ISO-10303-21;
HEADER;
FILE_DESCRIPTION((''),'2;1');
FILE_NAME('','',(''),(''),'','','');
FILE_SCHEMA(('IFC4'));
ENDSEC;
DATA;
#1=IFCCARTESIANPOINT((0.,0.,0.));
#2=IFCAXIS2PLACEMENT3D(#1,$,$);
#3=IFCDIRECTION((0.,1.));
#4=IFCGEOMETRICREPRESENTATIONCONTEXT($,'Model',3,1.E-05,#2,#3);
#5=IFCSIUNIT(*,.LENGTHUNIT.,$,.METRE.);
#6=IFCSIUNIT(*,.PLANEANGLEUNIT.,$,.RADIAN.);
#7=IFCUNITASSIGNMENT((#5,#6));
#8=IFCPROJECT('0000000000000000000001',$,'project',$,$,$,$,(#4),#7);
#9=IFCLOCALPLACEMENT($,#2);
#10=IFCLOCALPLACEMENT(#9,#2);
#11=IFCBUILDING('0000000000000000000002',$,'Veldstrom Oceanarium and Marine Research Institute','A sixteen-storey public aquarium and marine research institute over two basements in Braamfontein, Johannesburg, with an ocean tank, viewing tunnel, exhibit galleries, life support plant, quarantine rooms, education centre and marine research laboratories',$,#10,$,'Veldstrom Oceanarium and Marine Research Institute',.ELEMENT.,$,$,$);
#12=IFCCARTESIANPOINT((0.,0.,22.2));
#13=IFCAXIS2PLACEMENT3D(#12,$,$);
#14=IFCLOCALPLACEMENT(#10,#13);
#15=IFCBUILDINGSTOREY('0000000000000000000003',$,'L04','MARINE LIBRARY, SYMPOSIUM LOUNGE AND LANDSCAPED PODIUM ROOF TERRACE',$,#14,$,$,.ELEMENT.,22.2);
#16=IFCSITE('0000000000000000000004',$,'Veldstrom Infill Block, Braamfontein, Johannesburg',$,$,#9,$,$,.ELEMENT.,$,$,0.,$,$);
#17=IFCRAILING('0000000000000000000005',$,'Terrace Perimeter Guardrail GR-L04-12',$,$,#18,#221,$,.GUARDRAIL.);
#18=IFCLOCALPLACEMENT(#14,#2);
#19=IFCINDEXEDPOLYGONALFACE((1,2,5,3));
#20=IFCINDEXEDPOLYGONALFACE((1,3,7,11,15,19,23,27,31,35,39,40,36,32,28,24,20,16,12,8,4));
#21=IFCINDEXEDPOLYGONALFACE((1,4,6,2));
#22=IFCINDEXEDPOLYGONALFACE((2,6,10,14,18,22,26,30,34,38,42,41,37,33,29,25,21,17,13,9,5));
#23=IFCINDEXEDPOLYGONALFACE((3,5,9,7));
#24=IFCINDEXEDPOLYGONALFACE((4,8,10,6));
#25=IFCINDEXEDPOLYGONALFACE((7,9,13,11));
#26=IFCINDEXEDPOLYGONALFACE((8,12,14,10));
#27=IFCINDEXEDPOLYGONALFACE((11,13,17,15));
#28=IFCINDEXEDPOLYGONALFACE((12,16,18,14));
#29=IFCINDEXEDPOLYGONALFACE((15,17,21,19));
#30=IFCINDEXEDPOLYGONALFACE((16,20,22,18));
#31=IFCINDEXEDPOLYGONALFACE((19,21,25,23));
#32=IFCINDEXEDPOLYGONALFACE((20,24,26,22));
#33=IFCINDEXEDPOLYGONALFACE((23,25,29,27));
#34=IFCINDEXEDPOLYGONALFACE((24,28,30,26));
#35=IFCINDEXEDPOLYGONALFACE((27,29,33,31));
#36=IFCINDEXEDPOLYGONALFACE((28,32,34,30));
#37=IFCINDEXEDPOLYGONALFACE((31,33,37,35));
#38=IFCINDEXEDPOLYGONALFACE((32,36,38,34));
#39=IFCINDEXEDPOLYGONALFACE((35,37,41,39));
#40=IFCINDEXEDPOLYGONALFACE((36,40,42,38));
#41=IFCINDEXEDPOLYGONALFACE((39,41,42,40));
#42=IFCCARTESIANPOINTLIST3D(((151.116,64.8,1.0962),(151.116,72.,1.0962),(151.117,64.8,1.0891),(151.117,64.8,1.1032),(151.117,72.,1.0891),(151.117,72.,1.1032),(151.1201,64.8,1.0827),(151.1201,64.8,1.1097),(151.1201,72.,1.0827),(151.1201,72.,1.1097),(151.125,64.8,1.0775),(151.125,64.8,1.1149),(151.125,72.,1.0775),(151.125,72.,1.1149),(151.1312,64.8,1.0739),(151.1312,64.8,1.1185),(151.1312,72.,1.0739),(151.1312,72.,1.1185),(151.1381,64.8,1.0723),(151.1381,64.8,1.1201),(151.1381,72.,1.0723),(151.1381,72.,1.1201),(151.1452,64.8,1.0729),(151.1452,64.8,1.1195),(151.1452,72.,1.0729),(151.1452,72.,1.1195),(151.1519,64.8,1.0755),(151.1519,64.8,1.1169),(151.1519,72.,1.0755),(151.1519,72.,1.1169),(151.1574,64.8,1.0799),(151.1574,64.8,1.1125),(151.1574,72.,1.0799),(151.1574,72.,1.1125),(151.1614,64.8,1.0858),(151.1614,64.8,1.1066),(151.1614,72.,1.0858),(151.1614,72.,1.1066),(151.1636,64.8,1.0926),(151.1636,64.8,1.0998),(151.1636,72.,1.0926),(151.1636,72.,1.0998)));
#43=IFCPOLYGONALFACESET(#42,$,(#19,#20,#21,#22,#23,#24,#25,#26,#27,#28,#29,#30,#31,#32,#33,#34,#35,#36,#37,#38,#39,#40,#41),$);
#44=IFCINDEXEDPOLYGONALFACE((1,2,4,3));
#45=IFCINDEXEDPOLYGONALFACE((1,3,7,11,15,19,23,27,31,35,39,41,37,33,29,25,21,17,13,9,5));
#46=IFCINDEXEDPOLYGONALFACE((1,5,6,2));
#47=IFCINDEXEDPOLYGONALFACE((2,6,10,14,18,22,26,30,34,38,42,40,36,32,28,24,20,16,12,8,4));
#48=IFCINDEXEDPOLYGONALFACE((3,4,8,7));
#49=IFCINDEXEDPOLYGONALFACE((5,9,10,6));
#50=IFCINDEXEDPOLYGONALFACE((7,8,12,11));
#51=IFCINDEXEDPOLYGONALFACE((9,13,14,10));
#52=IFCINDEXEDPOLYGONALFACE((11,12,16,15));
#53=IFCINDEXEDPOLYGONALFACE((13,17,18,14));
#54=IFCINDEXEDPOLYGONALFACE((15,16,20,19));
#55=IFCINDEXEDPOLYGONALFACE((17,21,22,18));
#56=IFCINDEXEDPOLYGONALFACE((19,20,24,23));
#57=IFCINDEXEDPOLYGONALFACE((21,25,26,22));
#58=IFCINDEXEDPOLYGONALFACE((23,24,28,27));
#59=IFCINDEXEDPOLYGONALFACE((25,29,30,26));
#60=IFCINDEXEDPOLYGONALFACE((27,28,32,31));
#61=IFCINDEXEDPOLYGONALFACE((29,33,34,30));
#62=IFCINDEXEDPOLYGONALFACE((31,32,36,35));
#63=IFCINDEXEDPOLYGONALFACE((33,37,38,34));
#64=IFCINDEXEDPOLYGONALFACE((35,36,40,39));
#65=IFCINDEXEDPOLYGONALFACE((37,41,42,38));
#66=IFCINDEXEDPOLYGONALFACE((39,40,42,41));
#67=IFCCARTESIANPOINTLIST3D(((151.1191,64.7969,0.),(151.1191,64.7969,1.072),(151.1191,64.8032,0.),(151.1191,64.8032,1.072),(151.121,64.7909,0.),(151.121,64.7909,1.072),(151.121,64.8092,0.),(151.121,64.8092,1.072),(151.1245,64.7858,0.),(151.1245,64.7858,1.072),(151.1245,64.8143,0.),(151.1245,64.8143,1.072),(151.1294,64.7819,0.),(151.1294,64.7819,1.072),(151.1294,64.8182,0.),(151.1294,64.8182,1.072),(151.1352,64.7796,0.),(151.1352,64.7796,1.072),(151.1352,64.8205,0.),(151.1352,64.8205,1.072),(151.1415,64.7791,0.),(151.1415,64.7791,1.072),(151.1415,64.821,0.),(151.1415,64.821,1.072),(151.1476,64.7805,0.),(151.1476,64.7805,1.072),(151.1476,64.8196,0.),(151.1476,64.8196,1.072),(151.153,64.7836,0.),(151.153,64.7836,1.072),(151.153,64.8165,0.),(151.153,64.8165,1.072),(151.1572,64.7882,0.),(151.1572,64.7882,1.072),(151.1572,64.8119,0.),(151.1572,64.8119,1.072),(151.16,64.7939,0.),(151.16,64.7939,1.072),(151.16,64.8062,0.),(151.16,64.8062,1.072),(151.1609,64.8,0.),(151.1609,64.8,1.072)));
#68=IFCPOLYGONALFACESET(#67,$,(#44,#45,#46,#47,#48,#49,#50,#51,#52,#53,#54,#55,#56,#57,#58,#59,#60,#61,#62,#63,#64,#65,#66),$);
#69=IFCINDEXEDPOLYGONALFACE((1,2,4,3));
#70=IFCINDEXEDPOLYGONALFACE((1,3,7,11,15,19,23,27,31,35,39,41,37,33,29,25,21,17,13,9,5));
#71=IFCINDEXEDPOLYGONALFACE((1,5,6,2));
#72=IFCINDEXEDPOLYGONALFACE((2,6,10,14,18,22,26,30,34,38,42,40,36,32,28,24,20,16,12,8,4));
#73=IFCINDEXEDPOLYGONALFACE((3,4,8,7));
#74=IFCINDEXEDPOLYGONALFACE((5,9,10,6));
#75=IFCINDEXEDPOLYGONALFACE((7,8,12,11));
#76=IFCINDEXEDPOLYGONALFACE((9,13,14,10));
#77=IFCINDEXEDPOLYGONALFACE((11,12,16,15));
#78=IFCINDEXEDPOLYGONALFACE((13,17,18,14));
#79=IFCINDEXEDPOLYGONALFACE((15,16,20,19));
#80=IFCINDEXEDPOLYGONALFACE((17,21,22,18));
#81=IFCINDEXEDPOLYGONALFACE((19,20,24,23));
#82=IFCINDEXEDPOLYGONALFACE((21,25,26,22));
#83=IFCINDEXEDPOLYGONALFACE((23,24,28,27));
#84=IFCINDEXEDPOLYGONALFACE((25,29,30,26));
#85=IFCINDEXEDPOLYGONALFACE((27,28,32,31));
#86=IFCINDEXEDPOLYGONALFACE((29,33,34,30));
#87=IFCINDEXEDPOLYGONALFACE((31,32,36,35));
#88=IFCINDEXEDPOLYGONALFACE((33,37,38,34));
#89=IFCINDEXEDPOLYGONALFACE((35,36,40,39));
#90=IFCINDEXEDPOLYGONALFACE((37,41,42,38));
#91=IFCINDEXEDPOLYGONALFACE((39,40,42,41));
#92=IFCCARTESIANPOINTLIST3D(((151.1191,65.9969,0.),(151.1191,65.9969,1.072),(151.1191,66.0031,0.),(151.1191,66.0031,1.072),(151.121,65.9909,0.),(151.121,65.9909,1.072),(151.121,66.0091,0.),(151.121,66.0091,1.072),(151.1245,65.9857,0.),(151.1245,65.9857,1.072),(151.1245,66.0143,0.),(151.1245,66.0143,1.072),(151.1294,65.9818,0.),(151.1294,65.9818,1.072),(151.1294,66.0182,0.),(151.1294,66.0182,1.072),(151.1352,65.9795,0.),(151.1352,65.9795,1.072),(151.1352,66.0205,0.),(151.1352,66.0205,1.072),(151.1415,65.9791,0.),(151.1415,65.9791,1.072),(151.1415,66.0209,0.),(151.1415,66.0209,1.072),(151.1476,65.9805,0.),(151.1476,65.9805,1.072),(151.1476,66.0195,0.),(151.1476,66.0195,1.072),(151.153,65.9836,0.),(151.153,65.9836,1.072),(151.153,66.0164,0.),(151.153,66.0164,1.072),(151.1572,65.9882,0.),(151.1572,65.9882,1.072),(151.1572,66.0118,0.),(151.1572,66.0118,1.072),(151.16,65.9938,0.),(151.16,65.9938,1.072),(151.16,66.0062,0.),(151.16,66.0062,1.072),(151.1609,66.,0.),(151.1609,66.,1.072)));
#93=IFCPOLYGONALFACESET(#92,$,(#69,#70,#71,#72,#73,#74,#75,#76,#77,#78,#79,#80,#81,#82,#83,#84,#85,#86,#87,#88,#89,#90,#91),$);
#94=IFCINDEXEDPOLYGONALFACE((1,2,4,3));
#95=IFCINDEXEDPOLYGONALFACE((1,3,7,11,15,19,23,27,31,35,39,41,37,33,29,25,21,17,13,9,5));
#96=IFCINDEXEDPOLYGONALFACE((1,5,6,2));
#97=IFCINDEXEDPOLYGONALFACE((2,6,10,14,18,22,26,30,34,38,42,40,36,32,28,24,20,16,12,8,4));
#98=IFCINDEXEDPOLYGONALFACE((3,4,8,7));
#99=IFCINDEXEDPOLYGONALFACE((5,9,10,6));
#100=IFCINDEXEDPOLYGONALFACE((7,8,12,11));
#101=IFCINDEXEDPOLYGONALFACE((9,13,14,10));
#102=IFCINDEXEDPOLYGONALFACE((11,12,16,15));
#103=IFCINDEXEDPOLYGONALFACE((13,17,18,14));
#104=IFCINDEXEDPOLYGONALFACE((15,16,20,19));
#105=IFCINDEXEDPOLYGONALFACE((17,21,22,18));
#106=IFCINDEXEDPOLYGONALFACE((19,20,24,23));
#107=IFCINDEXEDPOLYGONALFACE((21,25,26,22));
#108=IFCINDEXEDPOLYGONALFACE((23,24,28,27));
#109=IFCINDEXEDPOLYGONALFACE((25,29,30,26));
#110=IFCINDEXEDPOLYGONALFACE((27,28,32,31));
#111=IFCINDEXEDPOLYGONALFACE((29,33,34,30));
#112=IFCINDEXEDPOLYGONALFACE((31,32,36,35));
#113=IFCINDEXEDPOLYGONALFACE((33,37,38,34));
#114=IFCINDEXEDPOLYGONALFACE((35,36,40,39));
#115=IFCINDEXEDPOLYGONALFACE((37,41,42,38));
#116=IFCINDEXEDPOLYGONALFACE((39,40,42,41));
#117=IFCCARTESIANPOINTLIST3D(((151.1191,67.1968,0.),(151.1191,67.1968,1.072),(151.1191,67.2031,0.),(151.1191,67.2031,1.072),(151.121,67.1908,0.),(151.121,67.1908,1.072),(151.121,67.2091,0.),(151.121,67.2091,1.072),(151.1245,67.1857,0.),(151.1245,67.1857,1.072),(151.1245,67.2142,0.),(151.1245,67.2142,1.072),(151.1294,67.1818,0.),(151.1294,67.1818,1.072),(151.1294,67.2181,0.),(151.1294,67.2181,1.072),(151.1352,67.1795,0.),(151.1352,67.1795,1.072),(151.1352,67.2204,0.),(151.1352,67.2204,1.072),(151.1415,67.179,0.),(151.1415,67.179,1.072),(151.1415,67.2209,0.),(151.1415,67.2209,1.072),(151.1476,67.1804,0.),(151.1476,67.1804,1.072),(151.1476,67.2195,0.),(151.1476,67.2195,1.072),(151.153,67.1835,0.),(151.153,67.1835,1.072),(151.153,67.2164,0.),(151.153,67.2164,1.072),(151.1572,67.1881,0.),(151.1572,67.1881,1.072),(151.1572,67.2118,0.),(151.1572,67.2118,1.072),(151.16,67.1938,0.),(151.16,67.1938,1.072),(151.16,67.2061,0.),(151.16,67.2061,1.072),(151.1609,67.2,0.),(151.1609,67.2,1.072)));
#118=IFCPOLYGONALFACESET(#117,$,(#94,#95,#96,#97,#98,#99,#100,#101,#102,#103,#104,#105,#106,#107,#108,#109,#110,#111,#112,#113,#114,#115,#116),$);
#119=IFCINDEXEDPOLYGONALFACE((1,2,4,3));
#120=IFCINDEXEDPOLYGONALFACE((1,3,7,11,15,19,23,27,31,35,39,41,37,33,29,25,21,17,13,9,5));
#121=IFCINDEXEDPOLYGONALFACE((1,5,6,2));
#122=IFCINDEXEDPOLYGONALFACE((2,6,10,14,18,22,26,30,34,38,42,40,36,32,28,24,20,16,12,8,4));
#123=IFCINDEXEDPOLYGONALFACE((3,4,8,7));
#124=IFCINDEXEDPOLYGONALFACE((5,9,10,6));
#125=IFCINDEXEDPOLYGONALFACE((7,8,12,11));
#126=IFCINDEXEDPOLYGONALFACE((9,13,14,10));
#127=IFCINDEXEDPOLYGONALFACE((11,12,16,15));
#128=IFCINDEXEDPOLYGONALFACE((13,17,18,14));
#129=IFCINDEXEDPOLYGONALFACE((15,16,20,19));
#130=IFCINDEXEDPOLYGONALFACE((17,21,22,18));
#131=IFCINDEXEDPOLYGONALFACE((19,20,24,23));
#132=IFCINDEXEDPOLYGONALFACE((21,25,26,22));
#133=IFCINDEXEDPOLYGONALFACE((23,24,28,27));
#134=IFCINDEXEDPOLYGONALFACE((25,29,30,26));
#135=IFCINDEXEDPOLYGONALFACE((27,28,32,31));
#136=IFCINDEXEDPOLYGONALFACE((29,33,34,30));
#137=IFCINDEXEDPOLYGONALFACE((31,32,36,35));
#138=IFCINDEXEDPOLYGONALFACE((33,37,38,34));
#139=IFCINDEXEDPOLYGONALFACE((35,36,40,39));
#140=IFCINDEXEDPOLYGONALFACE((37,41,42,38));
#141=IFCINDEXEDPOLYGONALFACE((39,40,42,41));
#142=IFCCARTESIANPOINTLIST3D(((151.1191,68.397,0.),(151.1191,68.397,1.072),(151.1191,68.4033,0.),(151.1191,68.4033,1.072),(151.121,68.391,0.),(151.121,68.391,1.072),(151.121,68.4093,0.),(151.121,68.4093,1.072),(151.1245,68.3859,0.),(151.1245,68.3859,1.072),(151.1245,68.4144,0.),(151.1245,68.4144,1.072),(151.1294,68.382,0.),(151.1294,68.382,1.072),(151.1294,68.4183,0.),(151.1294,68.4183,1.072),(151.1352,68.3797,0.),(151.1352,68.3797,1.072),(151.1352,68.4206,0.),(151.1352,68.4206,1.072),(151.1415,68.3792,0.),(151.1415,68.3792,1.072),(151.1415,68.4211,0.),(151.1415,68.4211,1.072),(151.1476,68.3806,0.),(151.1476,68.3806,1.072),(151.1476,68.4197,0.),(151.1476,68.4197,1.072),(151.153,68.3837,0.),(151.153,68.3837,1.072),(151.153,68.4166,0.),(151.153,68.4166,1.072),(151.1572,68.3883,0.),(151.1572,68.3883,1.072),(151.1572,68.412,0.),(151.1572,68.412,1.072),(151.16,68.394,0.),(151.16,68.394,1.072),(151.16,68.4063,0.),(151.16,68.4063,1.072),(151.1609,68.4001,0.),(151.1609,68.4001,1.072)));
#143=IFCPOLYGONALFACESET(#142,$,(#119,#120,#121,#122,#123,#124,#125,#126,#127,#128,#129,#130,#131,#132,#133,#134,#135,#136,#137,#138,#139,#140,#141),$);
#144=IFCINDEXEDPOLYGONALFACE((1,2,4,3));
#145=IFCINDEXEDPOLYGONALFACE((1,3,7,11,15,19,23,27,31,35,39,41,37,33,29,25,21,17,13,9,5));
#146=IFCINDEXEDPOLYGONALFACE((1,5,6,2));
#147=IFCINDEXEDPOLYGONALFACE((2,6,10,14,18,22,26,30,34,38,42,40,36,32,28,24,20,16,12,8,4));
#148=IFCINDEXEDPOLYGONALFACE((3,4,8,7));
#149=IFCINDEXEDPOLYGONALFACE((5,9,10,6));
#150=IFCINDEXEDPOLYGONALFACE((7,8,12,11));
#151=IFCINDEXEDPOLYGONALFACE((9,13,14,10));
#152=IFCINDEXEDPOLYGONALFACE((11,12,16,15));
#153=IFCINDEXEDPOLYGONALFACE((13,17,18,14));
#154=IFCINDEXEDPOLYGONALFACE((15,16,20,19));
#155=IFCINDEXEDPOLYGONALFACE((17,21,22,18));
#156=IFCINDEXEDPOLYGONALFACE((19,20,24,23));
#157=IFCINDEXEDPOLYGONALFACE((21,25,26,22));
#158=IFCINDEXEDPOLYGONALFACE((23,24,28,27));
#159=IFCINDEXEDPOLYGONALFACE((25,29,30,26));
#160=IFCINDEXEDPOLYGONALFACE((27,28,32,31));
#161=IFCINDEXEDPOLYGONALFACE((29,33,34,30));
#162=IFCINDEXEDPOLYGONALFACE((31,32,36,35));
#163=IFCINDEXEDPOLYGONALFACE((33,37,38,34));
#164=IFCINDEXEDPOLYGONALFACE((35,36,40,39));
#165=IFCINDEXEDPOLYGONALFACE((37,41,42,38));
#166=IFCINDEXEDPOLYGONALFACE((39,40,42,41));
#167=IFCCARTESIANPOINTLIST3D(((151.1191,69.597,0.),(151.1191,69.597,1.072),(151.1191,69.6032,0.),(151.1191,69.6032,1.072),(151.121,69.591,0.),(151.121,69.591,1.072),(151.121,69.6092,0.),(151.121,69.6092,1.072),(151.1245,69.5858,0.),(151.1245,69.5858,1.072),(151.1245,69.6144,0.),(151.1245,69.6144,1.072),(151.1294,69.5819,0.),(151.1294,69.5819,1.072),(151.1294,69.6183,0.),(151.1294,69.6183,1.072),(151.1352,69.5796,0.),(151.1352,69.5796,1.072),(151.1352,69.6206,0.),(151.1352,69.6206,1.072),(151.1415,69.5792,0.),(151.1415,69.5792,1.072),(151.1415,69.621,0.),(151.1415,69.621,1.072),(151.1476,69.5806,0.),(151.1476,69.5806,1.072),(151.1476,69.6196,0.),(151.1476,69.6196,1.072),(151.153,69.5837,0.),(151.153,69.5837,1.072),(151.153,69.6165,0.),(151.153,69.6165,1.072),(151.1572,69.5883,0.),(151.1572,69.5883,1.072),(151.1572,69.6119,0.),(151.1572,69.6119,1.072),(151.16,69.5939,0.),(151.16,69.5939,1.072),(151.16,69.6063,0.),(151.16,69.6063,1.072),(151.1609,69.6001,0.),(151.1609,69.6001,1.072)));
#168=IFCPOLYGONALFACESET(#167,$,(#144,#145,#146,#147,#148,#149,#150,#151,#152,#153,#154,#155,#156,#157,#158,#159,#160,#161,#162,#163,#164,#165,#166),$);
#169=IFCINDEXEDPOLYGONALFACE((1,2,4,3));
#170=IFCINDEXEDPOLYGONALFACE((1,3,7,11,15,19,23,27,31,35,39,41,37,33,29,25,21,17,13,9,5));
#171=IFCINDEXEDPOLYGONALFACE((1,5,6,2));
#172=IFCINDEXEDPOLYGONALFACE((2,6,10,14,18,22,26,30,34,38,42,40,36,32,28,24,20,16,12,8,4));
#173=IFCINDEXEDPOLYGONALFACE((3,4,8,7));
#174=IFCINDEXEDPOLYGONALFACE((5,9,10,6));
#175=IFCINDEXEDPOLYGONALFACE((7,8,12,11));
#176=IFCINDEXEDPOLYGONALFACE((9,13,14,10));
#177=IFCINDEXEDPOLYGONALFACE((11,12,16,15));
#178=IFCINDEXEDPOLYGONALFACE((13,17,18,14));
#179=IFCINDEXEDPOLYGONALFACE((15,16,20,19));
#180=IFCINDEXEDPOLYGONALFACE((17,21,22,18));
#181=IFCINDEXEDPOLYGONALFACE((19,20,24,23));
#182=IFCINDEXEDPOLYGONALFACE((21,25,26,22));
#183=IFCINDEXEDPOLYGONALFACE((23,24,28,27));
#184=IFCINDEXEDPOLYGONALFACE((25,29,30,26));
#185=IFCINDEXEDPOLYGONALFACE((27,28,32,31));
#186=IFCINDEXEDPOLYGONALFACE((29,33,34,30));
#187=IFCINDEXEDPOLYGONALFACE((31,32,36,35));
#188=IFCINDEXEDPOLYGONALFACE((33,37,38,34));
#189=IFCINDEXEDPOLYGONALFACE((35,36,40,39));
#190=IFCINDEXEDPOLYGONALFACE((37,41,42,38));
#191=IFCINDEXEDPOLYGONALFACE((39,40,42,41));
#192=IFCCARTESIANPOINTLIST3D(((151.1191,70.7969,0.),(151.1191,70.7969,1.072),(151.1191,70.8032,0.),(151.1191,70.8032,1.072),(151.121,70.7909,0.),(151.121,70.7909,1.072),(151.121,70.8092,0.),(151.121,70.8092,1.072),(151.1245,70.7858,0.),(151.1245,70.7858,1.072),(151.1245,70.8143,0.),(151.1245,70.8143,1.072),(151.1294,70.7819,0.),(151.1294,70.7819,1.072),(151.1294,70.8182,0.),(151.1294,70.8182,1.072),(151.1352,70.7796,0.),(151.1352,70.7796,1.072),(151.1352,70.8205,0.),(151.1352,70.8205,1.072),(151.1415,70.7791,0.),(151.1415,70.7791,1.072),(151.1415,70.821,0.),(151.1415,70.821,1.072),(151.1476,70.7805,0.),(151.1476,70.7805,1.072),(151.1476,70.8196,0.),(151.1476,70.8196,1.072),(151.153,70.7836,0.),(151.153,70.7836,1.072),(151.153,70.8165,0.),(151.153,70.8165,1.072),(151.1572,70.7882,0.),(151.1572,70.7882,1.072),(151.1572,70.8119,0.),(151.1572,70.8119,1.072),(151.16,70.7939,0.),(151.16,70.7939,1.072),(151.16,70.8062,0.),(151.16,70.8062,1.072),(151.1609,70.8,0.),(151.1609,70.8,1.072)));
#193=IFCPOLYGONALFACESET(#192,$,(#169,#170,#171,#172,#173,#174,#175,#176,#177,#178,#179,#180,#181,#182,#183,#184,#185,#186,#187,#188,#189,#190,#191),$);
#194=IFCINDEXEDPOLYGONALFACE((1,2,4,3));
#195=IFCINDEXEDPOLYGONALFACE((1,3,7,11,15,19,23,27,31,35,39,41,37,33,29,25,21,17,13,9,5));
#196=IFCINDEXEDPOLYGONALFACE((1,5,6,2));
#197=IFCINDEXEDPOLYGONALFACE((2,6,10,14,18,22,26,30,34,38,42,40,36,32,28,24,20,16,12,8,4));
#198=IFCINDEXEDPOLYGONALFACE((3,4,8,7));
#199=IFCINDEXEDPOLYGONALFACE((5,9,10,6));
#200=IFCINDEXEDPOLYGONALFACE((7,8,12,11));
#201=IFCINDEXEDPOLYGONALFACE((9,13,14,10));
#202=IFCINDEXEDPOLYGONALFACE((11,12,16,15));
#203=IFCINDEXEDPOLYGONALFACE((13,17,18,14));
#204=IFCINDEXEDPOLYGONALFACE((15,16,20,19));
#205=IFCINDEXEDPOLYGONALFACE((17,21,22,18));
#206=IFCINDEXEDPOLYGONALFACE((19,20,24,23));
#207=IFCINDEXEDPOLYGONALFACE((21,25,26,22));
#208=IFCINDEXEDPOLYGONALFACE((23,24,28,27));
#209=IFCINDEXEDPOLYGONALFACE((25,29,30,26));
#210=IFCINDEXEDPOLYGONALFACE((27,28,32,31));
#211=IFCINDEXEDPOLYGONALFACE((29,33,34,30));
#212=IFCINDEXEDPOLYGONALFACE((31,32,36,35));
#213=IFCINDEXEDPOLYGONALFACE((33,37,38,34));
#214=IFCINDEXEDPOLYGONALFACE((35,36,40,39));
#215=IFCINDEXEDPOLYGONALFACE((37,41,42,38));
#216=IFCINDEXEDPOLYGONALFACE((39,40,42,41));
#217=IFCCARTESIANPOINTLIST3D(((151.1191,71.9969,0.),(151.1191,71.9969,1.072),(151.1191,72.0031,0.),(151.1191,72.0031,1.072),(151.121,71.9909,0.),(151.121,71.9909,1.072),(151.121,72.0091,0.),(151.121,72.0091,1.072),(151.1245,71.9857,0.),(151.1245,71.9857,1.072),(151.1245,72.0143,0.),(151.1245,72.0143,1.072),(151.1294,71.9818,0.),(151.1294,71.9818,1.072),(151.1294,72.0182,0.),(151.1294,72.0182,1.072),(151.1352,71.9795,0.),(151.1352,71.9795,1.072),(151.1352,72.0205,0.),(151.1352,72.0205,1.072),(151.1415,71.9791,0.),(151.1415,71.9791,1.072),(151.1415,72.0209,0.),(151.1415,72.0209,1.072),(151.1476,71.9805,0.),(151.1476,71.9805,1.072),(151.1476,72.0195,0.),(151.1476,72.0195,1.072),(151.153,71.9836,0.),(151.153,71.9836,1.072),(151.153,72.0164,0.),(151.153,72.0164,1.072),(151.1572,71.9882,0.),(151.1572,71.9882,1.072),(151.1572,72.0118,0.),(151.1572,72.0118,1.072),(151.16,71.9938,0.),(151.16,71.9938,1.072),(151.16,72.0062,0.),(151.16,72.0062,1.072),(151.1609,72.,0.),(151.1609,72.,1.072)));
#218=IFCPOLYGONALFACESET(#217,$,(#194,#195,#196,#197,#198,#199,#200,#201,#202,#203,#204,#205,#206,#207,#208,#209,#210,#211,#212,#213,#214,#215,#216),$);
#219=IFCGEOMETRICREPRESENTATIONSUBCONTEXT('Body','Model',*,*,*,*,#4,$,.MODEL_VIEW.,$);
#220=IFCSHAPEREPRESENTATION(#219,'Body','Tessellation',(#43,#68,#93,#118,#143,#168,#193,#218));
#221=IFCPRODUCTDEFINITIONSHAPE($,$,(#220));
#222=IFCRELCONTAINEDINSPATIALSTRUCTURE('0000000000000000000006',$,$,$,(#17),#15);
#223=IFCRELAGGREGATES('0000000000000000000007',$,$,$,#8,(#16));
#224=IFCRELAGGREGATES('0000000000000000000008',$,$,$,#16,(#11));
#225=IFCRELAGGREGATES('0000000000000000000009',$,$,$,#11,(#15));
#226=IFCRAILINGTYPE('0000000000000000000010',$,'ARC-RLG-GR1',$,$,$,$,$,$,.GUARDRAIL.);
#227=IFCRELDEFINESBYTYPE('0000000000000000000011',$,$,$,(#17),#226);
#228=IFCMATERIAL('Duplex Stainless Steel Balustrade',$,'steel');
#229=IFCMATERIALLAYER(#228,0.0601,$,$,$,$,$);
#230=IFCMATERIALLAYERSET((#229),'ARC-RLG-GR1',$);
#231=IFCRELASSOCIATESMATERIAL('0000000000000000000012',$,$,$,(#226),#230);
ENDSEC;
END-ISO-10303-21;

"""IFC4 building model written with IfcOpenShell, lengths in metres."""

from ifc_helpers import new_model, si_unit, direction, frame, origin, origin_2d, place, context, subcontext, project, spatial, circle, extrude, material, layer, layer_set, type_object, element, save


model = new_model("IFC4")

# Units and contexts
model_context = context("Model", 3, precision=1e-05, world=origin(), true_north=direction((0.0, 1.0)))
body_context = subcontext(model_context, "Body", "Model", "MODEL_VIEW")
ifc_project = project(units=[si_unit("LENGTHUNIT", "METRE"), si_unit("PLANEANGLEUNIT", "RADIAN")], contexts=[model_context])

# Site, building, storey
site_placement = place(None, origin())
site = spatial("IfcSite", under=ifc_project, at=site_placement, Name="Veldstrom Infill Block, Braamfontein, Johannesburg", CompositionType="ELEMENT", RefElevation=0.0)
building_placement = place(site_placement, origin())
building = spatial("IfcBuilding", under=site, at=building_placement, Name="Veldstrom Oceanarium and Marine Research Institute", Description="A sixteen-storey public aquarium and marine research institute over two basements in Braamfontein, Johannesburg, with an ocean tank, viewing tunnel, exhibit galleries, life support plant, quarantine rooms, education centre and marine research laboratories", LongName="Veldstrom Oceanarium and Marine Research Institute", CompositionType="ELEMENT")
storey_placement = place(building_placement, frame((0.0, 0.0, 22.2)))
storey = spatial("IfcBuildingStorey", under=building, at=storey_placement, Name="L04", Description="MARINE LIBRARY, SYMPOSIUM LOUNGE AND LANDSCAPED PODIUM ROOF TERRACE", CompositionType="ELEMENT", Elevation=22.2)

# Railing
ifc_material_1 = material(Name="Duplex Stainless Steel Balustrade", Category="steel")
ifc_layer_1 = layer(ifc_material_1, 0.0601)
ifc_layer_set_1 = layer_set([ifc_layer_1], Name="ARC-RLG-GR1")
railing_type = type_object("IfcRailingType", Name="ARC-RLG-GR1", PredefinedType="GUARDRAIL", material=ifc_layer_set_1)
railing_1_placement = place(storey_placement, frame((151.1399, 64.8, 0.0)))
element("IfcRailing", 1, at=railing_1_placement, inside=storey, type_object=railing_type, Name="Terrace Perimeter Guardrail GR-L04-12", PredefinedType="GUARDRAIL", context=body_context, shape_type="SweptSolid", body=[
    extrude(circle(Radius=0.0239, at=origin_2d()), frame((0.0, 0.0, 1.0962), z_axis=(0.0, 1.0, 0.0), x_axis=(-1.0, 0.0, 0.0)), (0.0, 0.0, 1.0), 7.2),
    extrude(circle(Radius=0.021, at=origin_2d()), origin(), (0.0, 0.0, 1.0), 1.072),
    extrude(circle(Radius=0.021, at=origin_2d()), frame((0.0, 1.2, 0.0)), (0.0, 0.0, 1.0), 1.072),
    extrude(circle(Radius=0.021, at=origin_2d()), frame((0.0, 2.3999, 0.0)), (0.0, 0.0, 1.0), 1.072),
    extrude(circle(Radius=0.021, at=origin_2d()), frame((0.0, 3.6001, 0.0)), (0.0, 0.0, 1.0), 1.072),
    extrude(circle(Radius=0.021, at=origin_2d()), frame((0.0, 4.8, 0.0)), (0.0, 0.0, 1.0), 1.072),
    extrude(circle(Radius=0.021, at=origin_2d()), frame((0.0, 6.0, 0.0)), (0.0, 0.0, 1.0), 1.072),
    extrude(circle(Radius=0.021, at=origin_2d()), frame((0.0, 7.2, 0.0)), (0.0, 0.0, 1.0), 1.072),
])

save(model, "model.ifc")
